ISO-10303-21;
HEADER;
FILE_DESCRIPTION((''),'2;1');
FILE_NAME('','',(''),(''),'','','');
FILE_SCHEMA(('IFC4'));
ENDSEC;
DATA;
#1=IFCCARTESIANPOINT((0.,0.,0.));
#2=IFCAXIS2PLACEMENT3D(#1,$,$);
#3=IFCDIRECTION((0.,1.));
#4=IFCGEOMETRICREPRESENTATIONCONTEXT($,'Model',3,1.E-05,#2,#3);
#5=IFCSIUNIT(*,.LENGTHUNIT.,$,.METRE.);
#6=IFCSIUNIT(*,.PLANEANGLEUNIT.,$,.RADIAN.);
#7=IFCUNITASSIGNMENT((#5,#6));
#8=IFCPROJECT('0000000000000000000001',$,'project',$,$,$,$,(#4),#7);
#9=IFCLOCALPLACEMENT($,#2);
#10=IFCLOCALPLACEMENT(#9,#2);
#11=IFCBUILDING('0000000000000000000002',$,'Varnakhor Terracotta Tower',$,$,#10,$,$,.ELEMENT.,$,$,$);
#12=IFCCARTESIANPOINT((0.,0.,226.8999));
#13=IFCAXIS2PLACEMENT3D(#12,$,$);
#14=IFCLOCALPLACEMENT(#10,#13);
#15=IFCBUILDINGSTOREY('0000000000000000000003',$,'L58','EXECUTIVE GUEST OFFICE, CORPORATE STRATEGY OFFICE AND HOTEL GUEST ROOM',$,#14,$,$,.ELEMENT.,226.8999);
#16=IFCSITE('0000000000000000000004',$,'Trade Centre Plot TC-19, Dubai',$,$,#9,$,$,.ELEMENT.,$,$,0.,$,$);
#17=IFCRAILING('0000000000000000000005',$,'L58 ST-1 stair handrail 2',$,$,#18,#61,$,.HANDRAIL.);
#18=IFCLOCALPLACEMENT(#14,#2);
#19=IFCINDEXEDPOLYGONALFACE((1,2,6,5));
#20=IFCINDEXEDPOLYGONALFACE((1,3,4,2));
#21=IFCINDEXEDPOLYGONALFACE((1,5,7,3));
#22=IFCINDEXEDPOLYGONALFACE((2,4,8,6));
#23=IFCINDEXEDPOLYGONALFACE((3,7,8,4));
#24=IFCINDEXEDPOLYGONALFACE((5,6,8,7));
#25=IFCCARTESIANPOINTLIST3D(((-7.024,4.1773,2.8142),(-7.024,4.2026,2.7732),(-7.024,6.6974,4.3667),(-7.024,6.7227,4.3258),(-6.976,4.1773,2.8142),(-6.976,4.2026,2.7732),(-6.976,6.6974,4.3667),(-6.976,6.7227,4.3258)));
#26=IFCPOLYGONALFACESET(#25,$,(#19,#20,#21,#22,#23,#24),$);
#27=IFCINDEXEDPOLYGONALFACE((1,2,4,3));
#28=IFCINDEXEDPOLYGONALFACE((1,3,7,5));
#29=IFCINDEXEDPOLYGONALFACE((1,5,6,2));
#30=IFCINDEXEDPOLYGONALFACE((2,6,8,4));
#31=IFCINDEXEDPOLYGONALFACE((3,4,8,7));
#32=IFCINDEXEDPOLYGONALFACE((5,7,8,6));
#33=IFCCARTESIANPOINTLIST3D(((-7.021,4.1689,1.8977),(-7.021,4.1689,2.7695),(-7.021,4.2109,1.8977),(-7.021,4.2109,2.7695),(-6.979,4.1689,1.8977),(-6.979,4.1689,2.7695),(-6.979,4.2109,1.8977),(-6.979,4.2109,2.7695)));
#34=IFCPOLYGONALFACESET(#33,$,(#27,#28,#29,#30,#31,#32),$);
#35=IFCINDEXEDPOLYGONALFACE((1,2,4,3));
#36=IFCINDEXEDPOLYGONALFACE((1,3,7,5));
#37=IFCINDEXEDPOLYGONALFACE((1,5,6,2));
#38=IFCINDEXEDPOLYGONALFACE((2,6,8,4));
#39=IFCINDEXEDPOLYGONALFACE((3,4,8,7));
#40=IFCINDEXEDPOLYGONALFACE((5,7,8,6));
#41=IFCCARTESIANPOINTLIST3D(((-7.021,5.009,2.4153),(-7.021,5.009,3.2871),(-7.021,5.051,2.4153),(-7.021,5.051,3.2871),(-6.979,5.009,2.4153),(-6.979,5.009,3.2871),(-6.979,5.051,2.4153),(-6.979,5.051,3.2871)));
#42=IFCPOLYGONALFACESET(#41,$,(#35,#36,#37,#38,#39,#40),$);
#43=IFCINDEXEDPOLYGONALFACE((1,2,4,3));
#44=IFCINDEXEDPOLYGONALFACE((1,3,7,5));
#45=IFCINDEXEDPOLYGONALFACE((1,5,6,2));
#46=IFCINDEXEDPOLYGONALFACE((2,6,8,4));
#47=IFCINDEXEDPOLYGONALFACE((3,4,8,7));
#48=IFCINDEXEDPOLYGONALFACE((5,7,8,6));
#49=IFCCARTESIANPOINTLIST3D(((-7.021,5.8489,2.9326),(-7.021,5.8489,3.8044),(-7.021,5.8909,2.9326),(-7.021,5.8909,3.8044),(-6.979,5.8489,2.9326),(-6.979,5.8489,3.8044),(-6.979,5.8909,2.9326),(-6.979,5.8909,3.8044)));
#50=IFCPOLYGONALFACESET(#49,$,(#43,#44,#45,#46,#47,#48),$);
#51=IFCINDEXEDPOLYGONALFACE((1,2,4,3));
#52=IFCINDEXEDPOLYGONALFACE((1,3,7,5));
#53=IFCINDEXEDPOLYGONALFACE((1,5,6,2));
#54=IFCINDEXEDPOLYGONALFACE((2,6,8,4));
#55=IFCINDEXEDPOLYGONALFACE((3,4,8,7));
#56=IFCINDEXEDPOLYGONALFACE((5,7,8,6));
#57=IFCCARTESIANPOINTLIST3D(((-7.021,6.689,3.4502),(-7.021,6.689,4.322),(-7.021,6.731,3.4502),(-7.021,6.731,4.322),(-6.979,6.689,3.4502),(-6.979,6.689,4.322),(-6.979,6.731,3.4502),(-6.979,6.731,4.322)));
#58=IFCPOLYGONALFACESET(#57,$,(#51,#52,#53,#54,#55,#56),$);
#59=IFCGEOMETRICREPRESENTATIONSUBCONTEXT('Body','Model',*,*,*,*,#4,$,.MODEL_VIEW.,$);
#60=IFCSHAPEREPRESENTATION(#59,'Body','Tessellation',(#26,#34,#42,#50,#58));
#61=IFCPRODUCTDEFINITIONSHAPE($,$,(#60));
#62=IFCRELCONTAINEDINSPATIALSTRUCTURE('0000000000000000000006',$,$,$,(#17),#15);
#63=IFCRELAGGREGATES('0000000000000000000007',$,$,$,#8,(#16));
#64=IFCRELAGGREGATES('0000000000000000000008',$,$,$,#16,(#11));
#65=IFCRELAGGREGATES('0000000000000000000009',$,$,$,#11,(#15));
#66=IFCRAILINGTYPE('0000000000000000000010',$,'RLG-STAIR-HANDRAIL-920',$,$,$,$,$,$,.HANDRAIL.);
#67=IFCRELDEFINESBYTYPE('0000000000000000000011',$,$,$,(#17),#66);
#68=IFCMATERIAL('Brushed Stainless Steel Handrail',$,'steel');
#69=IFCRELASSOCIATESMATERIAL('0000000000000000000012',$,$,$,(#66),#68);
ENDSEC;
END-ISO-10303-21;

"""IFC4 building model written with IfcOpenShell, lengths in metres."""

from ifc_helpers import new_model, si_unit, direction, frame, origin, origin_2d, place, context, subcontext, project, spatial, rectangle, extrude, material, type_object, element, save


model = new_model("IFC4")

# Units and contexts
model_context = context("Model", 3, precision=1e-05, world=origin(), true_north=direction((0.0, 1.0)))
body_context = subcontext(model_context, "Body", "Model", "MODEL_VIEW")
ifc_project = project(units=[si_unit("LENGTHUNIT", "METRE"), si_unit("PLANEANGLEUNIT", "RADIAN")], contexts=[model_context])

# Site, building, storey
site_placement = place(None, origin())
site = spatial("IfcSite", under=ifc_project, at=site_placement, Name="Trade Centre Plot TC-19, Dubai", CompositionType="ELEMENT", RefElevation=0.0)
building_placement = place(site_placement, origin())
building = spatial("IfcBuilding", under=site, at=building_placement, Name="Varnakhor Terracotta Tower", CompositionType="ELEMENT")
storey_placement = place(building_placement, frame((0.0, 0.0, 226.8999)))
storey = spatial("IfcBuildingStorey", under=building, at=storey_placement, Name="L58", Description="EXECUTIVE GUEST OFFICE, CORPORATE STRATEGY OFFICE AND HOTEL GUEST ROOM", CompositionType="ELEMENT", Elevation=226.8999)

# Railing
ifc_material_1 = material(Name="Brushed Stainless Steel Handrail", Category="steel")
railing_type_1 = type_object("IfcRailingType", Name="RLG-STAIR-HANDRAIL-920", PredefinedType="HANDRAIL", material=ifc_material_1)
railing_1_placement = place(storey_placement, frame((-7.0, 4.1899, 1.8977)))
element("IfcRailing", 1, at=railing_1_placement, inside=storey, type_object=railing_type_1, Name="L58 ST-1 stair handrail 2", PredefinedType="HANDRAIL", context=body_context, shape_type="SweptSolid", body=[
    extrude(rectangle(XDim=0.0481, YDim=0.0481, at=origin_2d()), frame((0.0, 0.0, 0.896), z_axis=(0.0, 0.8514, 0.524516), x_axis=(-1.0, 0.0, 0.0)), (0.0, 0.0, 1.0), 2.96),
    extrude(rectangle(XDim=0.042, YDim=0.042, at=origin_2d()), origin(), (0.0, 0.0, 1.0), 0.8718),
    extrude(rectangle(XDim=0.042, YDim=0.042, at=origin_2d()), frame((0.0, 0.8401, 0.5176)), (0.0, 0.0, 1.0), 0.8718),
    extrude(rectangle(XDim=0.042, YDim=0.042, at=origin_2d()), frame((0.0, 1.6799, 1.0349)), (0.0, 0.0, 1.0), 0.8718),
    extrude(rectangle(XDim=0.042, YDim=0.042, at=origin_2d()), frame((0.0, 2.52, 1.5525)), (0.0, 0.0, 1.0), 0.8718),
])

save(model, "model.ifc")
